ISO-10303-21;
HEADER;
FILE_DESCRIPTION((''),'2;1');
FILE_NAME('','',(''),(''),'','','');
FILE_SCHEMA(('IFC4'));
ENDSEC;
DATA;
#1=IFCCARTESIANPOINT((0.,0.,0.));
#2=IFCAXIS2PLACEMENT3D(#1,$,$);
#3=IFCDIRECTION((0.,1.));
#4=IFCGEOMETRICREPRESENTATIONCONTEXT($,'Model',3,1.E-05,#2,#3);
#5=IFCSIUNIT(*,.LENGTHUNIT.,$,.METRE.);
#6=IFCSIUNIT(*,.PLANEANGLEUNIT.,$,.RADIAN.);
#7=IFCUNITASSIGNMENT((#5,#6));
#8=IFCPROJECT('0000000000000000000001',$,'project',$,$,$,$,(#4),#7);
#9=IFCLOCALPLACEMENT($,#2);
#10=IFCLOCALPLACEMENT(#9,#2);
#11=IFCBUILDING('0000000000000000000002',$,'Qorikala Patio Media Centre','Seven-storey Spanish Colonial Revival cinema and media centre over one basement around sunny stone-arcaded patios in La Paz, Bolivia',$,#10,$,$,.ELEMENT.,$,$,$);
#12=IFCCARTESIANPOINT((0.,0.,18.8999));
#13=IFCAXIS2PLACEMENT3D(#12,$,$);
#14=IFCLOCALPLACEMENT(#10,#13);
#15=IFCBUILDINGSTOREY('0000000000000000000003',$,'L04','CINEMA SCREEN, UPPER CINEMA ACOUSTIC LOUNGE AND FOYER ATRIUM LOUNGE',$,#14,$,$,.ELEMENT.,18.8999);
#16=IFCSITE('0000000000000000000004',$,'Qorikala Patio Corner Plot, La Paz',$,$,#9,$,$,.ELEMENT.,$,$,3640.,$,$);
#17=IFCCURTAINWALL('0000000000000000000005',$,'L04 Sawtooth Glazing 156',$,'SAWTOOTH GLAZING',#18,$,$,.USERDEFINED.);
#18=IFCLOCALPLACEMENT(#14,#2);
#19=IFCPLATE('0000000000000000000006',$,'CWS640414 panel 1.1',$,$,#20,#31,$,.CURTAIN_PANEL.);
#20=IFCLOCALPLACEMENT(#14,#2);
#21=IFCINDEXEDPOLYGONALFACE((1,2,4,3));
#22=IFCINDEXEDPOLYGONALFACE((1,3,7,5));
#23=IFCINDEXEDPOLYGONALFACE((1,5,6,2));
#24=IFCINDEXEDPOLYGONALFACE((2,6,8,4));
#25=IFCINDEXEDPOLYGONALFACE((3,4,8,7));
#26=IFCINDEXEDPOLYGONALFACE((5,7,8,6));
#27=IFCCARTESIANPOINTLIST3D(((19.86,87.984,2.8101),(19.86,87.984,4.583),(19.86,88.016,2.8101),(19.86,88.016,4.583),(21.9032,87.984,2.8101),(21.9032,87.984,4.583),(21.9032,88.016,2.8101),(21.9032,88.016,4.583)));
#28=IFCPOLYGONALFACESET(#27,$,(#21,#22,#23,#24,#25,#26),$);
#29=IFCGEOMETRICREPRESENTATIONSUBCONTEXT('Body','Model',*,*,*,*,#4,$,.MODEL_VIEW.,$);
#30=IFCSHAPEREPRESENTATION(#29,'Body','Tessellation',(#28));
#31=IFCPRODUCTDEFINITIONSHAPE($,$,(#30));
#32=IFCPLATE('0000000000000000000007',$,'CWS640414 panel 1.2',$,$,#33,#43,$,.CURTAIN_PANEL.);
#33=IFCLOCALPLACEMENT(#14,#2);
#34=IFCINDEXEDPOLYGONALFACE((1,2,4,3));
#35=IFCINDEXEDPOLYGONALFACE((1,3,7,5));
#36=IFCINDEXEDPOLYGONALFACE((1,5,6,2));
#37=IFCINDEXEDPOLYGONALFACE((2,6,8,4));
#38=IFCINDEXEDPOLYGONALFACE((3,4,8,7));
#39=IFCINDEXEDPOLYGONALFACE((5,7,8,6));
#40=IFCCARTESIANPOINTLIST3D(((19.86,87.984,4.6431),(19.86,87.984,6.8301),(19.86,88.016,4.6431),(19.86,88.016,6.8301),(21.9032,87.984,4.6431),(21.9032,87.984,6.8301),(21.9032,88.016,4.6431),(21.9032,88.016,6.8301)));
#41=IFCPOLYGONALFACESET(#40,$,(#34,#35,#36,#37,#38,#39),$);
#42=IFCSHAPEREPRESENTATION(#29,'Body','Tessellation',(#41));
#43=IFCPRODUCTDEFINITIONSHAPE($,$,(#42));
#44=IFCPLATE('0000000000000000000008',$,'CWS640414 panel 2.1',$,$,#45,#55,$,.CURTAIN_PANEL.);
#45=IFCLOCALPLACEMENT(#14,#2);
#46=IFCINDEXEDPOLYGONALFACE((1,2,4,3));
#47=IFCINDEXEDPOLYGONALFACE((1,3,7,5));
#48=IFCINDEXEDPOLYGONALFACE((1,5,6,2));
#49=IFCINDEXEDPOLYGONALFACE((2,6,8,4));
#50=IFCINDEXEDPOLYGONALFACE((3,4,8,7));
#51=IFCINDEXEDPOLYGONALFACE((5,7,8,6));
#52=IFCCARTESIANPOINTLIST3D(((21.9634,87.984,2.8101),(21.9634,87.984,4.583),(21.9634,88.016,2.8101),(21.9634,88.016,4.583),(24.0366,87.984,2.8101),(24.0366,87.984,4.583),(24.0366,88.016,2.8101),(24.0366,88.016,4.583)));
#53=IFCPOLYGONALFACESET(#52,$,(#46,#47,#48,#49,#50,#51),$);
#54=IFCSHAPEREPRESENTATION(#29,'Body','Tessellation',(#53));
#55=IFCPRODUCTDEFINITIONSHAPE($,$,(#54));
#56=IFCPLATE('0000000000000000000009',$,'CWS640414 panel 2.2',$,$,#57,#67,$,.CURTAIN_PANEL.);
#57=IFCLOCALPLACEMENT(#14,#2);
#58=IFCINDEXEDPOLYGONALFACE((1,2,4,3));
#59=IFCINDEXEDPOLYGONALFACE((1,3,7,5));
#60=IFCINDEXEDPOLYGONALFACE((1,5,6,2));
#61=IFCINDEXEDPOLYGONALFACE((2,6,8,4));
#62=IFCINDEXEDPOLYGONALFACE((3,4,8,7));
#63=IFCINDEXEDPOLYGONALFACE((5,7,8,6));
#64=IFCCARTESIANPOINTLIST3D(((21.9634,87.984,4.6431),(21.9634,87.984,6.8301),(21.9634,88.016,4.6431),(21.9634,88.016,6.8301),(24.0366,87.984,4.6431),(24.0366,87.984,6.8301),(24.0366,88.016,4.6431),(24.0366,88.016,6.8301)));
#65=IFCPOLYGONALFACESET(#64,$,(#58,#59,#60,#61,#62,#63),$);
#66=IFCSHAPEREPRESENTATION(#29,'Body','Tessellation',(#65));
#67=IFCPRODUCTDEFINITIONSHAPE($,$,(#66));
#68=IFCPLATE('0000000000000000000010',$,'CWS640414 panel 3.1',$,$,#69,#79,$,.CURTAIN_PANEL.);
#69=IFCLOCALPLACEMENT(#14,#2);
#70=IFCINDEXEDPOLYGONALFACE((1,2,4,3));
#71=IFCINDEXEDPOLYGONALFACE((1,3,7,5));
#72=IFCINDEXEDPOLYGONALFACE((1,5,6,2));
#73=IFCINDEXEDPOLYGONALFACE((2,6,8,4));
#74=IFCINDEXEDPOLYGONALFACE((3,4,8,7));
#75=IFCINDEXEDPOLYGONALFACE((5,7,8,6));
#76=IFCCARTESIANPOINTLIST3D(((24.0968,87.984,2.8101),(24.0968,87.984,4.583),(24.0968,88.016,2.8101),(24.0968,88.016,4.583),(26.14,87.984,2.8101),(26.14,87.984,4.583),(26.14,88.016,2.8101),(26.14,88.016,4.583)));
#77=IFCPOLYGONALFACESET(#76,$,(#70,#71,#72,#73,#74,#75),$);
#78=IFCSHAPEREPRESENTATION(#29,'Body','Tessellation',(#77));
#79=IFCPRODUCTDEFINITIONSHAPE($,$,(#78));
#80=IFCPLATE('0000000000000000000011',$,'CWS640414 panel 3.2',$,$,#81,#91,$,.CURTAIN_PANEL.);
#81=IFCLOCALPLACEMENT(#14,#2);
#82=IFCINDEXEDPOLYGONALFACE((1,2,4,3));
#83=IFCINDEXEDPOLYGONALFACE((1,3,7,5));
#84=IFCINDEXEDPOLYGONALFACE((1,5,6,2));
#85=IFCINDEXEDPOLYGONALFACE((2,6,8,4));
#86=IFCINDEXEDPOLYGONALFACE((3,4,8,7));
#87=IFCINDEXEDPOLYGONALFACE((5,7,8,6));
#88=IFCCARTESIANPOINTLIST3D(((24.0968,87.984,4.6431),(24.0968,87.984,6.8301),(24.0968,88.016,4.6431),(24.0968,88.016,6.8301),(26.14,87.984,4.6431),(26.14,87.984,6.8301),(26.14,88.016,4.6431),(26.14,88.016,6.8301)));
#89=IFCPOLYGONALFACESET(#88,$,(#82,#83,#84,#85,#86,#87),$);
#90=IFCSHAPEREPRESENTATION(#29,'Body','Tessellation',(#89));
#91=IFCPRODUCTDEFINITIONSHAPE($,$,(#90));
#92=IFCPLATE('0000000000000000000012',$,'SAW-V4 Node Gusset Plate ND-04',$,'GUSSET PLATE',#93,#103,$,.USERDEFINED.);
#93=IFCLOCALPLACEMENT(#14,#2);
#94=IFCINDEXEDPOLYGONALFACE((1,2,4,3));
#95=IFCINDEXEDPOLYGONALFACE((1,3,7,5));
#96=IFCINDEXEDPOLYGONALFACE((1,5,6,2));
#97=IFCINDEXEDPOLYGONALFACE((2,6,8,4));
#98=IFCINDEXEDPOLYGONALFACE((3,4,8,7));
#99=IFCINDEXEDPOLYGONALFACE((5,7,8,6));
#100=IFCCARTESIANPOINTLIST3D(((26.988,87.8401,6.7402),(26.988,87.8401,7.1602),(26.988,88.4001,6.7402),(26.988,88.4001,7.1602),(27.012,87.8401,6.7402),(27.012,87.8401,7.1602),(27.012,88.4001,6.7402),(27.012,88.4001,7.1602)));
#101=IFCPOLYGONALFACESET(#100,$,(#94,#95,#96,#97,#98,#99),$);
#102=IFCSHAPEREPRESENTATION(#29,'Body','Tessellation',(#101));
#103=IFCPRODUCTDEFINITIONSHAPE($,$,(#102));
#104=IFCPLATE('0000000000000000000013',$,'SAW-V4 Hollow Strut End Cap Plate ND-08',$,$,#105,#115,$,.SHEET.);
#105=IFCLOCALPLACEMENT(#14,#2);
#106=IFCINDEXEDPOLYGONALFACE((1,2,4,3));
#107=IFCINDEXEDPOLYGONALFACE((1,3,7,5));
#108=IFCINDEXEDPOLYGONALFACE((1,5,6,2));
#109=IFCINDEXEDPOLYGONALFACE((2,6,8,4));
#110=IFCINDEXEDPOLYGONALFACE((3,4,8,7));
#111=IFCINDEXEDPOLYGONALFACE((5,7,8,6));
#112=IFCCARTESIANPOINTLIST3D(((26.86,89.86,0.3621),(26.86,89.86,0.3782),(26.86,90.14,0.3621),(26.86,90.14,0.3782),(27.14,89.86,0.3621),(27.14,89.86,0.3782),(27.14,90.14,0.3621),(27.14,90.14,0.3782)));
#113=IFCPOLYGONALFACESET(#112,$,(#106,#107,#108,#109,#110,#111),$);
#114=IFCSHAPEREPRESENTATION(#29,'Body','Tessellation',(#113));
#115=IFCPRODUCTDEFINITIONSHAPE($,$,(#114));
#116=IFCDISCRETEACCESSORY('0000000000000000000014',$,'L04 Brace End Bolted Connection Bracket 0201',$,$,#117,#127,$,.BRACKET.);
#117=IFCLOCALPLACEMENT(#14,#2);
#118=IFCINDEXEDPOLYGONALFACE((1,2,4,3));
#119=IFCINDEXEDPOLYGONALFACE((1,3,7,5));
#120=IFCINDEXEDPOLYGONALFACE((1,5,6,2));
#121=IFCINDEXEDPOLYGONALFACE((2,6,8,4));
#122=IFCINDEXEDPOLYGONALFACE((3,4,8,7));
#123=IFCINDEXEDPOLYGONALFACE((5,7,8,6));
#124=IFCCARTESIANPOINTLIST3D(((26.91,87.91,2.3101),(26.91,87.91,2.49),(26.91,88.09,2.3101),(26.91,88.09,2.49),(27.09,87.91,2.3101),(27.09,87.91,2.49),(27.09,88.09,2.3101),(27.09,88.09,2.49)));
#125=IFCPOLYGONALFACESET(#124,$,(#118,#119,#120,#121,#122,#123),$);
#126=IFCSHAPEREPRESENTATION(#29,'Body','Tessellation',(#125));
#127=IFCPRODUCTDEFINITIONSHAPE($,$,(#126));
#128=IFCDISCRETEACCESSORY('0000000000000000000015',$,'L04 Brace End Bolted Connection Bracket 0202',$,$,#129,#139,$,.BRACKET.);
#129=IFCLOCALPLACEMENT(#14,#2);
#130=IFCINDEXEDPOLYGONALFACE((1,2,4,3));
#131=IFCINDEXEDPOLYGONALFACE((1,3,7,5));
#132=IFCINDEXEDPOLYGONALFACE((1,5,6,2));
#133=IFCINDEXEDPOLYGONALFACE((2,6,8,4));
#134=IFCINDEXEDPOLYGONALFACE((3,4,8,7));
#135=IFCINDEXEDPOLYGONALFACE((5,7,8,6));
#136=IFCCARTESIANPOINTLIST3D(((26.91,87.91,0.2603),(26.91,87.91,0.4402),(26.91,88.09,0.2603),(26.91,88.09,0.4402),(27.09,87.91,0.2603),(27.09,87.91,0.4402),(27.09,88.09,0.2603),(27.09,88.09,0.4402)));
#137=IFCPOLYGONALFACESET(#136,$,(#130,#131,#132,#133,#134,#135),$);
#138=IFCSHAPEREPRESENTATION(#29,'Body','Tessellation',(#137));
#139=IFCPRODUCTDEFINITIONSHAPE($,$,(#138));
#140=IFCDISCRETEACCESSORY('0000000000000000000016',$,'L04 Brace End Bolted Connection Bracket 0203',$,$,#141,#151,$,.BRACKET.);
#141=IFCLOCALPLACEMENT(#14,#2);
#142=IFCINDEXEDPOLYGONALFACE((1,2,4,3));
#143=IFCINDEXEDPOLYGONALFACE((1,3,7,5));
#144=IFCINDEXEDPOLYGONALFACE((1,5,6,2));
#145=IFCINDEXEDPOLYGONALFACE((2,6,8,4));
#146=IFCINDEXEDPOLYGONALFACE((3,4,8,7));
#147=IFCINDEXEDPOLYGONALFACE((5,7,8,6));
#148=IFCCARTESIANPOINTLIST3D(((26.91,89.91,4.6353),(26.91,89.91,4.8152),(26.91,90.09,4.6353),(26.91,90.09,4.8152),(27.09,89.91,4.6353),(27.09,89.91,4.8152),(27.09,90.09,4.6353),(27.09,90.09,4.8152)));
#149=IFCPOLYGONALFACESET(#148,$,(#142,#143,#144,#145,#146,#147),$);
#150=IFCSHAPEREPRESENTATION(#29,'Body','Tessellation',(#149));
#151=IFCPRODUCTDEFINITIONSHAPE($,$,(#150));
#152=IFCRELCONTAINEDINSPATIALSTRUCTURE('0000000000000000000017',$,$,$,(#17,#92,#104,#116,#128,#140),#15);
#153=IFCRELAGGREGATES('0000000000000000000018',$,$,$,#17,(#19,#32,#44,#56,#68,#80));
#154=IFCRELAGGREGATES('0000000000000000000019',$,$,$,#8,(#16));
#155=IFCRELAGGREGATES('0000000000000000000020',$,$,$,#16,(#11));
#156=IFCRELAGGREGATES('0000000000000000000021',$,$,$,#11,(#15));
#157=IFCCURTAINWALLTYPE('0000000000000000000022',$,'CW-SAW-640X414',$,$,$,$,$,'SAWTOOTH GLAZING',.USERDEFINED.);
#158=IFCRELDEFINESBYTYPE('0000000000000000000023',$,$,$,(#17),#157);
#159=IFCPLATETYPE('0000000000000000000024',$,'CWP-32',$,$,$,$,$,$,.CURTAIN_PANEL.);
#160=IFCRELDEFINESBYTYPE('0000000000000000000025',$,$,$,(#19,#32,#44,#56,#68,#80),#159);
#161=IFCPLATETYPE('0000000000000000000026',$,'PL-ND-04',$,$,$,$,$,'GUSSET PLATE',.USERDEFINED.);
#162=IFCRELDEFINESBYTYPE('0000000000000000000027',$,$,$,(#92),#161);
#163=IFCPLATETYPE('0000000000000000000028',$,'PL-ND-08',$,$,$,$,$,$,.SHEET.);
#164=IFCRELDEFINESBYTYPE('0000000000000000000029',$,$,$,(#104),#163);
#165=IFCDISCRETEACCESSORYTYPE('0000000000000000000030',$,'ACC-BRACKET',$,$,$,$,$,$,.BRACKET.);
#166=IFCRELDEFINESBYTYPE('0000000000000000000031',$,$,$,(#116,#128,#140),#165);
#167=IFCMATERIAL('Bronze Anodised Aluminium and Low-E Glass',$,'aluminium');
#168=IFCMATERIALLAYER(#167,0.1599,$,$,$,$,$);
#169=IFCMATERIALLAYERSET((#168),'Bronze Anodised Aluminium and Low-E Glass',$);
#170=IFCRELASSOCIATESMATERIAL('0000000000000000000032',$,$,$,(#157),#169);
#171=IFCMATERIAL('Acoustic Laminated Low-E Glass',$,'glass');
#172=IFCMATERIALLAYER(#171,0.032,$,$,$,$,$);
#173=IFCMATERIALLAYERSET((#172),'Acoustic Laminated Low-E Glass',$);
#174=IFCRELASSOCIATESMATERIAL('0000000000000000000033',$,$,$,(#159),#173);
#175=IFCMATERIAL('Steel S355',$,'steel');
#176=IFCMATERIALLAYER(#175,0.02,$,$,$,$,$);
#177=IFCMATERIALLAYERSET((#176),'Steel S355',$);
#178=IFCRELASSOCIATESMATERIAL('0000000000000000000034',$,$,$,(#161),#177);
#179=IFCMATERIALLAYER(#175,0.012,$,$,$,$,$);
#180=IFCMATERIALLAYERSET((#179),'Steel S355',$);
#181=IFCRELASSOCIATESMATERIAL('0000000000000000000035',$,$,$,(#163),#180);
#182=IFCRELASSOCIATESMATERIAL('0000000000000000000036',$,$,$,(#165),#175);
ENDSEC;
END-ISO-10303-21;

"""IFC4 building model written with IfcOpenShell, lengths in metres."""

from ifc_helpers import new_model, si_unit, direction, frame, origin, origin_2d, place, context, subcontext, project, spatial, rectangle, extrude, material, layer, layer_set, type_object, element, aggregate, save


model = new_model("IFC4")

# Units and contexts
model_context = context("Model", 3, precision=1e-05, world=origin(), true_north=direction((0.0, 1.0)))
body_context = subcontext(model_context, "Body", "Model", "MODEL_VIEW")
ifc_project = project(units=[si_unit("LENGTHUNIT", "METRE"), si_unit("PLANEANGLEUNIT", "RADIAN")], contexts=[model_context])

# Site, building, storey
site_placement = place(None, origin())
site = spatial("IfcSite", under=ifc_project, at=site_placement, Name="Qorikala Patio Corner Plot, La Paz", CompositionType="ELEMENT", RefElevation=3640.0)
building_placement = place(site_placement, origin())
building = spatial("IfcBuilding", under=site, at=building_placement, Name="Qorikala Patio Media Centre", Description="Seven-storey Spanish Colonial Revival cinema and media centre over one basement around sunny stone-arcaded patios in La Paz, Bolivia", CompositionType="ELEMENT")
storey_placement = place(building_placement, frame((0.0, 0.0, 18.8999)))
storey = spatial("IfcBuildingStorey", under=building, at=storey_placement, Name="L04", Description="CINEMA SCREEN, UPPER CINEMA ACOUSTIC LOUNGE AND FOYER ATRIUM LOUNGE", CompositionType="ELEMENT", Elevation=18.8999)

# Shared definitions
ifc_material_1 = material(Name="Steel S355", Category="steel")

# Curtain wall
ifc_material_2 = material(Name="Bronze Anodised Aluminium and Low-E Glass", Category="aluminium")
ifc_layer_1 = layer(ifc_material_2, 0.1599)
ifc_layer_set_1 = layer_set([ifc_layer_1], Name="Bronze Anodised Aluminium and Low-E Glass")
curtain_wall_type_1 = type_object("IfcCurtainWallType", Name="CW-SAW-640X414", ElementType="SAWTOOTH GLAZING", PredefinedType="USERDEFINED", material=ifc_layer_set_1)
curtain_wall_1_placement = place(storey_placement, origin())
curtain_wall_1 = element("IfcCurtainWall", 1, at=curtain_wall_1_placement, inside=storey, type_object=curtain_wall_type_1, Name="L04 Sawtooth Glazing 156", ObjectType="SAWTOOTH GLAZING", PredefinedType="USERDEFINED")

# Plates
ifc_material_3 = material(Name="Acoustic Laminated Low-E Glass", Category="glass")
ifc_layer_2 = layer(ifc_material_3, 0.032)
ifc_layer_set_2 = layer_set([ifc_layer_2], Name="Acoustic Laminated Low-E Glass")
plate_type_1 = type_object("IfcPlateType", Name="CWP-32", PredefinedType="CURTAIN_PANEL", material=ifc_layer_set_2)
plate_1_placement = place(storey_placement, frame((20.8816, 88.0, 2.8101), z_axis=(0.0, 0.0, 1.0), x_axis=(1.0, 0.0, 0.0)))
plate_1 = element("IfcPlate", 2, at=plate_1_placement, type_object=plate_type_1, Name="CWS640414 panel 1.1", PredefinedType="CURTAIN_PANEL", context=body_context, shape_type="SweptSolid", body=[
    extrude(rectangle(XDim=2.0432, YDim=0.032, at=origin_2d()), origin(), (0.0, 0.0, 1.0), 1.7729),
])
plate_2_placement = place(storey_placement, frame((20.8816, 88.0, 4.6431), z_axis=(0.0, 0.0, 1.0), x_axis=(1.0, 0.0, 0.0)))
plate_2 = element("IfcPlate", 3, at=plate_2_placement, type_object=plate_type_1, Name="CWS640414 panel 1.2", PredefinedType="CURTAIN_PANEL", context=body_context, shape_type="SweptSolid", body=[
    extrude(rectangle(XDim=2.0432, YDim=0.032, at=origin_2d()), origin(), (0.0, 0.0, 1.0), 2.187),
])
plate_3_placement = place(storey_placement, frame((23.0, 88.0, 2.8101), z_axis=(0.0, 0.0, 1.0), x_axis=(1.0, 0.0, 0.0)))
plate_3 = element("IfcPlate", 4, at=plate_3_placement, type_object=plate_type_1, Name="CWS640414 panel 2.1", PredefinedType="CURTAIN_PANEL", context=body_context, shape_type="SweptSolid", body=[
    extrude(rectangle(XDim=2.0732, YDim=0.032, at=origin_2d()), origin(), (0.0, 0.0, 1.0), 1.7729),
])
plate_4_placement = place(storey_placement, frame((23.0, 88.0, 4.6431), z_axis=(0.0, 0.0, 1.0), x_axis=(1.0, 0.0, 0.0)))
plate_4 = element("IfcPlate", 5, at=plate_4_placement, type_object=plate_type_1, Name="CWS640414 panel 2.2", PredefinedType="CURTAIN_PANEL", context=body_context, shape_type="SweptSolid", body=[
    extrude(rectangle(XDim=2.0732, YDim=0.032, at=origin_2d()), origin(), (0.0, 0.0, 1.0), 2.187),
])
plate_5_placement = place(storey_placement, frame((25.1184, 88.0, 2.8101), z_axis=(0.0, 0.0, 1.0), x_axis=(1.0, 0.0, 0.0)))
plate_5 = element("IfcPlate", 6, at=plate_5_placement, type_object=plate_type_1, Name="CWS640414 panel 3.1", PredefinedType="CURTAIN_PANEL", context=body_context, shape_type="SweptSolid", body=[
    extrude(rectangle(XDim=2.0432, YDim=0.032, at=origin_2d()), origin(), (0.0, 0.0, 1.0), 1.7729),
])
plate_6_placement = place(storey_placement, frame((25.1184, 88.0, 4.6431), z_axis=(0.0, 0.0, 1.0), x_axis=(1.0, 0.0, 0.0)))
plate_6 = element("IfcPlate", 7, at=plate_6_placement, type_object=plate_type_1, Name="CWS640414 panel 3.2", PredefinedType="CURTAIN_PANEL", context=body_context, shape_type="SweptSolid", body=[
    extrude(rectangle(XDim=2.0432, YDim=0.032, at=origin_2d()), origin(), (0.0, 0.0, 1.0), 2.187),
])
aggregate(curtain_wall_1, [plate_1, plate_2, plate_3, plate_4, plate_5, plate_6])

# Plates
ifc_layer_3 = layer(ifc_material_1, 0.02)
ifc_layer_set_3 = layer_set([ifc_layer_3], Name="Steel S355")
plate_type_2 = type_object("IfcPlateType", Name="PL-ND-04", ElementType="GUSSET PLATE", PredefinedType="USERDEFINED", material=ifc_layer_set_3)
plate_7_placement = place(storey_placement, frame((27.0, 88.1201, 6.7402), z_axis=(0.0, 0.0, 1.0), x_axis=(1.0, 0.0, 0.0)))
element("IfcPlate", 8, at=plate_7_placement, inside=storey, type_object=plate_type_2, Name="SAW-V4 Node Gusset Plate ND-04", ObjectType="GUSSET PLATE", PredefinedType="USERDEFINED", context=body_context, shape_type="SweptSolid", body=[
    extrude(rectangle(XDim=0.0239, YDim=0.5601, at=origin_2d()), origin(), (0.0, 0.0, 1.0), 0.4199),
])
ifc_layer_4 = layer(ifc_material_1, 0.012)
ifc_layer_set_4 = layer_set([ifc_layer_4], Name="Steel S355")
plate_type_3 = type_object("IfcPlateType", Name="PL-ND-08", PredefinedType="SHEET", material=ifc_layer_set_4)
plate_8_placement = place(storey_placement, frame((27.0, 90.0, 0.3621), z_axis=(0.0, 0.0, 1.0), x_axis=(1.0, 0.0, 0.0)))
element("IfcPlate", 9, at=plate_8_placement, inside=storey, type_object=plate_type_3, Name="SAW-V4 Hollow Strut End Cap Plate ND-08", PredefinedType="SHEET", context=body_context, shape_type="SweptSolid", body=[
    extrude(rectangle(XDim=0.28, YDim=0.28, at=origin_2d()), origin(), (0.0, 0.0, 1.0), 0.0161),
])

# Discrete accessories
discrete_accessory_type = type_object("IfcDiscreteAccessoryType", Name="ACC-BRACKET", PredefinedType="BRACKET", material=ifc_material_1)
for number, where, z_axis, x_axis, name in (
    (10, (27.0, 88.0, 2.3101), (0.0, 0.0, 1.0), (1.0, 0.0, 0.0), "L04 Brace End Bolted Connection Bracket 0201"),
    (11, (27.0, 88.0, 0.2603), (0.0, 0.0, 1.0), (1.0, 0.0, 0.0), "L04 Brace End Bolted Connection Bracket 0202"),
    (12, (27.0, 90.0, 4.6353), (0.0, 0.0, 1.0), (1.0, 0.0, 0.0), "L04 Brace End Bolted Connection Bracket 0203"),
):
    element("IfcDiscreteAccessory", number, at=place(storey_placement, frame(where, z_axis=z_axis, x_axis=x_axis)), inside=storey, type_object=discrete_accessory_type, Name=name, PredefinedType="BRACKET", context=body_context, shape_type="SweptSolid", body=[
        extrude(rectangle(XDim=0.1799, YDim=0.1799, at=origin_2d()), origin(), (0.0, 0.0, 1.0), 0.1799),
    ])

save(model, "model.ifc")
